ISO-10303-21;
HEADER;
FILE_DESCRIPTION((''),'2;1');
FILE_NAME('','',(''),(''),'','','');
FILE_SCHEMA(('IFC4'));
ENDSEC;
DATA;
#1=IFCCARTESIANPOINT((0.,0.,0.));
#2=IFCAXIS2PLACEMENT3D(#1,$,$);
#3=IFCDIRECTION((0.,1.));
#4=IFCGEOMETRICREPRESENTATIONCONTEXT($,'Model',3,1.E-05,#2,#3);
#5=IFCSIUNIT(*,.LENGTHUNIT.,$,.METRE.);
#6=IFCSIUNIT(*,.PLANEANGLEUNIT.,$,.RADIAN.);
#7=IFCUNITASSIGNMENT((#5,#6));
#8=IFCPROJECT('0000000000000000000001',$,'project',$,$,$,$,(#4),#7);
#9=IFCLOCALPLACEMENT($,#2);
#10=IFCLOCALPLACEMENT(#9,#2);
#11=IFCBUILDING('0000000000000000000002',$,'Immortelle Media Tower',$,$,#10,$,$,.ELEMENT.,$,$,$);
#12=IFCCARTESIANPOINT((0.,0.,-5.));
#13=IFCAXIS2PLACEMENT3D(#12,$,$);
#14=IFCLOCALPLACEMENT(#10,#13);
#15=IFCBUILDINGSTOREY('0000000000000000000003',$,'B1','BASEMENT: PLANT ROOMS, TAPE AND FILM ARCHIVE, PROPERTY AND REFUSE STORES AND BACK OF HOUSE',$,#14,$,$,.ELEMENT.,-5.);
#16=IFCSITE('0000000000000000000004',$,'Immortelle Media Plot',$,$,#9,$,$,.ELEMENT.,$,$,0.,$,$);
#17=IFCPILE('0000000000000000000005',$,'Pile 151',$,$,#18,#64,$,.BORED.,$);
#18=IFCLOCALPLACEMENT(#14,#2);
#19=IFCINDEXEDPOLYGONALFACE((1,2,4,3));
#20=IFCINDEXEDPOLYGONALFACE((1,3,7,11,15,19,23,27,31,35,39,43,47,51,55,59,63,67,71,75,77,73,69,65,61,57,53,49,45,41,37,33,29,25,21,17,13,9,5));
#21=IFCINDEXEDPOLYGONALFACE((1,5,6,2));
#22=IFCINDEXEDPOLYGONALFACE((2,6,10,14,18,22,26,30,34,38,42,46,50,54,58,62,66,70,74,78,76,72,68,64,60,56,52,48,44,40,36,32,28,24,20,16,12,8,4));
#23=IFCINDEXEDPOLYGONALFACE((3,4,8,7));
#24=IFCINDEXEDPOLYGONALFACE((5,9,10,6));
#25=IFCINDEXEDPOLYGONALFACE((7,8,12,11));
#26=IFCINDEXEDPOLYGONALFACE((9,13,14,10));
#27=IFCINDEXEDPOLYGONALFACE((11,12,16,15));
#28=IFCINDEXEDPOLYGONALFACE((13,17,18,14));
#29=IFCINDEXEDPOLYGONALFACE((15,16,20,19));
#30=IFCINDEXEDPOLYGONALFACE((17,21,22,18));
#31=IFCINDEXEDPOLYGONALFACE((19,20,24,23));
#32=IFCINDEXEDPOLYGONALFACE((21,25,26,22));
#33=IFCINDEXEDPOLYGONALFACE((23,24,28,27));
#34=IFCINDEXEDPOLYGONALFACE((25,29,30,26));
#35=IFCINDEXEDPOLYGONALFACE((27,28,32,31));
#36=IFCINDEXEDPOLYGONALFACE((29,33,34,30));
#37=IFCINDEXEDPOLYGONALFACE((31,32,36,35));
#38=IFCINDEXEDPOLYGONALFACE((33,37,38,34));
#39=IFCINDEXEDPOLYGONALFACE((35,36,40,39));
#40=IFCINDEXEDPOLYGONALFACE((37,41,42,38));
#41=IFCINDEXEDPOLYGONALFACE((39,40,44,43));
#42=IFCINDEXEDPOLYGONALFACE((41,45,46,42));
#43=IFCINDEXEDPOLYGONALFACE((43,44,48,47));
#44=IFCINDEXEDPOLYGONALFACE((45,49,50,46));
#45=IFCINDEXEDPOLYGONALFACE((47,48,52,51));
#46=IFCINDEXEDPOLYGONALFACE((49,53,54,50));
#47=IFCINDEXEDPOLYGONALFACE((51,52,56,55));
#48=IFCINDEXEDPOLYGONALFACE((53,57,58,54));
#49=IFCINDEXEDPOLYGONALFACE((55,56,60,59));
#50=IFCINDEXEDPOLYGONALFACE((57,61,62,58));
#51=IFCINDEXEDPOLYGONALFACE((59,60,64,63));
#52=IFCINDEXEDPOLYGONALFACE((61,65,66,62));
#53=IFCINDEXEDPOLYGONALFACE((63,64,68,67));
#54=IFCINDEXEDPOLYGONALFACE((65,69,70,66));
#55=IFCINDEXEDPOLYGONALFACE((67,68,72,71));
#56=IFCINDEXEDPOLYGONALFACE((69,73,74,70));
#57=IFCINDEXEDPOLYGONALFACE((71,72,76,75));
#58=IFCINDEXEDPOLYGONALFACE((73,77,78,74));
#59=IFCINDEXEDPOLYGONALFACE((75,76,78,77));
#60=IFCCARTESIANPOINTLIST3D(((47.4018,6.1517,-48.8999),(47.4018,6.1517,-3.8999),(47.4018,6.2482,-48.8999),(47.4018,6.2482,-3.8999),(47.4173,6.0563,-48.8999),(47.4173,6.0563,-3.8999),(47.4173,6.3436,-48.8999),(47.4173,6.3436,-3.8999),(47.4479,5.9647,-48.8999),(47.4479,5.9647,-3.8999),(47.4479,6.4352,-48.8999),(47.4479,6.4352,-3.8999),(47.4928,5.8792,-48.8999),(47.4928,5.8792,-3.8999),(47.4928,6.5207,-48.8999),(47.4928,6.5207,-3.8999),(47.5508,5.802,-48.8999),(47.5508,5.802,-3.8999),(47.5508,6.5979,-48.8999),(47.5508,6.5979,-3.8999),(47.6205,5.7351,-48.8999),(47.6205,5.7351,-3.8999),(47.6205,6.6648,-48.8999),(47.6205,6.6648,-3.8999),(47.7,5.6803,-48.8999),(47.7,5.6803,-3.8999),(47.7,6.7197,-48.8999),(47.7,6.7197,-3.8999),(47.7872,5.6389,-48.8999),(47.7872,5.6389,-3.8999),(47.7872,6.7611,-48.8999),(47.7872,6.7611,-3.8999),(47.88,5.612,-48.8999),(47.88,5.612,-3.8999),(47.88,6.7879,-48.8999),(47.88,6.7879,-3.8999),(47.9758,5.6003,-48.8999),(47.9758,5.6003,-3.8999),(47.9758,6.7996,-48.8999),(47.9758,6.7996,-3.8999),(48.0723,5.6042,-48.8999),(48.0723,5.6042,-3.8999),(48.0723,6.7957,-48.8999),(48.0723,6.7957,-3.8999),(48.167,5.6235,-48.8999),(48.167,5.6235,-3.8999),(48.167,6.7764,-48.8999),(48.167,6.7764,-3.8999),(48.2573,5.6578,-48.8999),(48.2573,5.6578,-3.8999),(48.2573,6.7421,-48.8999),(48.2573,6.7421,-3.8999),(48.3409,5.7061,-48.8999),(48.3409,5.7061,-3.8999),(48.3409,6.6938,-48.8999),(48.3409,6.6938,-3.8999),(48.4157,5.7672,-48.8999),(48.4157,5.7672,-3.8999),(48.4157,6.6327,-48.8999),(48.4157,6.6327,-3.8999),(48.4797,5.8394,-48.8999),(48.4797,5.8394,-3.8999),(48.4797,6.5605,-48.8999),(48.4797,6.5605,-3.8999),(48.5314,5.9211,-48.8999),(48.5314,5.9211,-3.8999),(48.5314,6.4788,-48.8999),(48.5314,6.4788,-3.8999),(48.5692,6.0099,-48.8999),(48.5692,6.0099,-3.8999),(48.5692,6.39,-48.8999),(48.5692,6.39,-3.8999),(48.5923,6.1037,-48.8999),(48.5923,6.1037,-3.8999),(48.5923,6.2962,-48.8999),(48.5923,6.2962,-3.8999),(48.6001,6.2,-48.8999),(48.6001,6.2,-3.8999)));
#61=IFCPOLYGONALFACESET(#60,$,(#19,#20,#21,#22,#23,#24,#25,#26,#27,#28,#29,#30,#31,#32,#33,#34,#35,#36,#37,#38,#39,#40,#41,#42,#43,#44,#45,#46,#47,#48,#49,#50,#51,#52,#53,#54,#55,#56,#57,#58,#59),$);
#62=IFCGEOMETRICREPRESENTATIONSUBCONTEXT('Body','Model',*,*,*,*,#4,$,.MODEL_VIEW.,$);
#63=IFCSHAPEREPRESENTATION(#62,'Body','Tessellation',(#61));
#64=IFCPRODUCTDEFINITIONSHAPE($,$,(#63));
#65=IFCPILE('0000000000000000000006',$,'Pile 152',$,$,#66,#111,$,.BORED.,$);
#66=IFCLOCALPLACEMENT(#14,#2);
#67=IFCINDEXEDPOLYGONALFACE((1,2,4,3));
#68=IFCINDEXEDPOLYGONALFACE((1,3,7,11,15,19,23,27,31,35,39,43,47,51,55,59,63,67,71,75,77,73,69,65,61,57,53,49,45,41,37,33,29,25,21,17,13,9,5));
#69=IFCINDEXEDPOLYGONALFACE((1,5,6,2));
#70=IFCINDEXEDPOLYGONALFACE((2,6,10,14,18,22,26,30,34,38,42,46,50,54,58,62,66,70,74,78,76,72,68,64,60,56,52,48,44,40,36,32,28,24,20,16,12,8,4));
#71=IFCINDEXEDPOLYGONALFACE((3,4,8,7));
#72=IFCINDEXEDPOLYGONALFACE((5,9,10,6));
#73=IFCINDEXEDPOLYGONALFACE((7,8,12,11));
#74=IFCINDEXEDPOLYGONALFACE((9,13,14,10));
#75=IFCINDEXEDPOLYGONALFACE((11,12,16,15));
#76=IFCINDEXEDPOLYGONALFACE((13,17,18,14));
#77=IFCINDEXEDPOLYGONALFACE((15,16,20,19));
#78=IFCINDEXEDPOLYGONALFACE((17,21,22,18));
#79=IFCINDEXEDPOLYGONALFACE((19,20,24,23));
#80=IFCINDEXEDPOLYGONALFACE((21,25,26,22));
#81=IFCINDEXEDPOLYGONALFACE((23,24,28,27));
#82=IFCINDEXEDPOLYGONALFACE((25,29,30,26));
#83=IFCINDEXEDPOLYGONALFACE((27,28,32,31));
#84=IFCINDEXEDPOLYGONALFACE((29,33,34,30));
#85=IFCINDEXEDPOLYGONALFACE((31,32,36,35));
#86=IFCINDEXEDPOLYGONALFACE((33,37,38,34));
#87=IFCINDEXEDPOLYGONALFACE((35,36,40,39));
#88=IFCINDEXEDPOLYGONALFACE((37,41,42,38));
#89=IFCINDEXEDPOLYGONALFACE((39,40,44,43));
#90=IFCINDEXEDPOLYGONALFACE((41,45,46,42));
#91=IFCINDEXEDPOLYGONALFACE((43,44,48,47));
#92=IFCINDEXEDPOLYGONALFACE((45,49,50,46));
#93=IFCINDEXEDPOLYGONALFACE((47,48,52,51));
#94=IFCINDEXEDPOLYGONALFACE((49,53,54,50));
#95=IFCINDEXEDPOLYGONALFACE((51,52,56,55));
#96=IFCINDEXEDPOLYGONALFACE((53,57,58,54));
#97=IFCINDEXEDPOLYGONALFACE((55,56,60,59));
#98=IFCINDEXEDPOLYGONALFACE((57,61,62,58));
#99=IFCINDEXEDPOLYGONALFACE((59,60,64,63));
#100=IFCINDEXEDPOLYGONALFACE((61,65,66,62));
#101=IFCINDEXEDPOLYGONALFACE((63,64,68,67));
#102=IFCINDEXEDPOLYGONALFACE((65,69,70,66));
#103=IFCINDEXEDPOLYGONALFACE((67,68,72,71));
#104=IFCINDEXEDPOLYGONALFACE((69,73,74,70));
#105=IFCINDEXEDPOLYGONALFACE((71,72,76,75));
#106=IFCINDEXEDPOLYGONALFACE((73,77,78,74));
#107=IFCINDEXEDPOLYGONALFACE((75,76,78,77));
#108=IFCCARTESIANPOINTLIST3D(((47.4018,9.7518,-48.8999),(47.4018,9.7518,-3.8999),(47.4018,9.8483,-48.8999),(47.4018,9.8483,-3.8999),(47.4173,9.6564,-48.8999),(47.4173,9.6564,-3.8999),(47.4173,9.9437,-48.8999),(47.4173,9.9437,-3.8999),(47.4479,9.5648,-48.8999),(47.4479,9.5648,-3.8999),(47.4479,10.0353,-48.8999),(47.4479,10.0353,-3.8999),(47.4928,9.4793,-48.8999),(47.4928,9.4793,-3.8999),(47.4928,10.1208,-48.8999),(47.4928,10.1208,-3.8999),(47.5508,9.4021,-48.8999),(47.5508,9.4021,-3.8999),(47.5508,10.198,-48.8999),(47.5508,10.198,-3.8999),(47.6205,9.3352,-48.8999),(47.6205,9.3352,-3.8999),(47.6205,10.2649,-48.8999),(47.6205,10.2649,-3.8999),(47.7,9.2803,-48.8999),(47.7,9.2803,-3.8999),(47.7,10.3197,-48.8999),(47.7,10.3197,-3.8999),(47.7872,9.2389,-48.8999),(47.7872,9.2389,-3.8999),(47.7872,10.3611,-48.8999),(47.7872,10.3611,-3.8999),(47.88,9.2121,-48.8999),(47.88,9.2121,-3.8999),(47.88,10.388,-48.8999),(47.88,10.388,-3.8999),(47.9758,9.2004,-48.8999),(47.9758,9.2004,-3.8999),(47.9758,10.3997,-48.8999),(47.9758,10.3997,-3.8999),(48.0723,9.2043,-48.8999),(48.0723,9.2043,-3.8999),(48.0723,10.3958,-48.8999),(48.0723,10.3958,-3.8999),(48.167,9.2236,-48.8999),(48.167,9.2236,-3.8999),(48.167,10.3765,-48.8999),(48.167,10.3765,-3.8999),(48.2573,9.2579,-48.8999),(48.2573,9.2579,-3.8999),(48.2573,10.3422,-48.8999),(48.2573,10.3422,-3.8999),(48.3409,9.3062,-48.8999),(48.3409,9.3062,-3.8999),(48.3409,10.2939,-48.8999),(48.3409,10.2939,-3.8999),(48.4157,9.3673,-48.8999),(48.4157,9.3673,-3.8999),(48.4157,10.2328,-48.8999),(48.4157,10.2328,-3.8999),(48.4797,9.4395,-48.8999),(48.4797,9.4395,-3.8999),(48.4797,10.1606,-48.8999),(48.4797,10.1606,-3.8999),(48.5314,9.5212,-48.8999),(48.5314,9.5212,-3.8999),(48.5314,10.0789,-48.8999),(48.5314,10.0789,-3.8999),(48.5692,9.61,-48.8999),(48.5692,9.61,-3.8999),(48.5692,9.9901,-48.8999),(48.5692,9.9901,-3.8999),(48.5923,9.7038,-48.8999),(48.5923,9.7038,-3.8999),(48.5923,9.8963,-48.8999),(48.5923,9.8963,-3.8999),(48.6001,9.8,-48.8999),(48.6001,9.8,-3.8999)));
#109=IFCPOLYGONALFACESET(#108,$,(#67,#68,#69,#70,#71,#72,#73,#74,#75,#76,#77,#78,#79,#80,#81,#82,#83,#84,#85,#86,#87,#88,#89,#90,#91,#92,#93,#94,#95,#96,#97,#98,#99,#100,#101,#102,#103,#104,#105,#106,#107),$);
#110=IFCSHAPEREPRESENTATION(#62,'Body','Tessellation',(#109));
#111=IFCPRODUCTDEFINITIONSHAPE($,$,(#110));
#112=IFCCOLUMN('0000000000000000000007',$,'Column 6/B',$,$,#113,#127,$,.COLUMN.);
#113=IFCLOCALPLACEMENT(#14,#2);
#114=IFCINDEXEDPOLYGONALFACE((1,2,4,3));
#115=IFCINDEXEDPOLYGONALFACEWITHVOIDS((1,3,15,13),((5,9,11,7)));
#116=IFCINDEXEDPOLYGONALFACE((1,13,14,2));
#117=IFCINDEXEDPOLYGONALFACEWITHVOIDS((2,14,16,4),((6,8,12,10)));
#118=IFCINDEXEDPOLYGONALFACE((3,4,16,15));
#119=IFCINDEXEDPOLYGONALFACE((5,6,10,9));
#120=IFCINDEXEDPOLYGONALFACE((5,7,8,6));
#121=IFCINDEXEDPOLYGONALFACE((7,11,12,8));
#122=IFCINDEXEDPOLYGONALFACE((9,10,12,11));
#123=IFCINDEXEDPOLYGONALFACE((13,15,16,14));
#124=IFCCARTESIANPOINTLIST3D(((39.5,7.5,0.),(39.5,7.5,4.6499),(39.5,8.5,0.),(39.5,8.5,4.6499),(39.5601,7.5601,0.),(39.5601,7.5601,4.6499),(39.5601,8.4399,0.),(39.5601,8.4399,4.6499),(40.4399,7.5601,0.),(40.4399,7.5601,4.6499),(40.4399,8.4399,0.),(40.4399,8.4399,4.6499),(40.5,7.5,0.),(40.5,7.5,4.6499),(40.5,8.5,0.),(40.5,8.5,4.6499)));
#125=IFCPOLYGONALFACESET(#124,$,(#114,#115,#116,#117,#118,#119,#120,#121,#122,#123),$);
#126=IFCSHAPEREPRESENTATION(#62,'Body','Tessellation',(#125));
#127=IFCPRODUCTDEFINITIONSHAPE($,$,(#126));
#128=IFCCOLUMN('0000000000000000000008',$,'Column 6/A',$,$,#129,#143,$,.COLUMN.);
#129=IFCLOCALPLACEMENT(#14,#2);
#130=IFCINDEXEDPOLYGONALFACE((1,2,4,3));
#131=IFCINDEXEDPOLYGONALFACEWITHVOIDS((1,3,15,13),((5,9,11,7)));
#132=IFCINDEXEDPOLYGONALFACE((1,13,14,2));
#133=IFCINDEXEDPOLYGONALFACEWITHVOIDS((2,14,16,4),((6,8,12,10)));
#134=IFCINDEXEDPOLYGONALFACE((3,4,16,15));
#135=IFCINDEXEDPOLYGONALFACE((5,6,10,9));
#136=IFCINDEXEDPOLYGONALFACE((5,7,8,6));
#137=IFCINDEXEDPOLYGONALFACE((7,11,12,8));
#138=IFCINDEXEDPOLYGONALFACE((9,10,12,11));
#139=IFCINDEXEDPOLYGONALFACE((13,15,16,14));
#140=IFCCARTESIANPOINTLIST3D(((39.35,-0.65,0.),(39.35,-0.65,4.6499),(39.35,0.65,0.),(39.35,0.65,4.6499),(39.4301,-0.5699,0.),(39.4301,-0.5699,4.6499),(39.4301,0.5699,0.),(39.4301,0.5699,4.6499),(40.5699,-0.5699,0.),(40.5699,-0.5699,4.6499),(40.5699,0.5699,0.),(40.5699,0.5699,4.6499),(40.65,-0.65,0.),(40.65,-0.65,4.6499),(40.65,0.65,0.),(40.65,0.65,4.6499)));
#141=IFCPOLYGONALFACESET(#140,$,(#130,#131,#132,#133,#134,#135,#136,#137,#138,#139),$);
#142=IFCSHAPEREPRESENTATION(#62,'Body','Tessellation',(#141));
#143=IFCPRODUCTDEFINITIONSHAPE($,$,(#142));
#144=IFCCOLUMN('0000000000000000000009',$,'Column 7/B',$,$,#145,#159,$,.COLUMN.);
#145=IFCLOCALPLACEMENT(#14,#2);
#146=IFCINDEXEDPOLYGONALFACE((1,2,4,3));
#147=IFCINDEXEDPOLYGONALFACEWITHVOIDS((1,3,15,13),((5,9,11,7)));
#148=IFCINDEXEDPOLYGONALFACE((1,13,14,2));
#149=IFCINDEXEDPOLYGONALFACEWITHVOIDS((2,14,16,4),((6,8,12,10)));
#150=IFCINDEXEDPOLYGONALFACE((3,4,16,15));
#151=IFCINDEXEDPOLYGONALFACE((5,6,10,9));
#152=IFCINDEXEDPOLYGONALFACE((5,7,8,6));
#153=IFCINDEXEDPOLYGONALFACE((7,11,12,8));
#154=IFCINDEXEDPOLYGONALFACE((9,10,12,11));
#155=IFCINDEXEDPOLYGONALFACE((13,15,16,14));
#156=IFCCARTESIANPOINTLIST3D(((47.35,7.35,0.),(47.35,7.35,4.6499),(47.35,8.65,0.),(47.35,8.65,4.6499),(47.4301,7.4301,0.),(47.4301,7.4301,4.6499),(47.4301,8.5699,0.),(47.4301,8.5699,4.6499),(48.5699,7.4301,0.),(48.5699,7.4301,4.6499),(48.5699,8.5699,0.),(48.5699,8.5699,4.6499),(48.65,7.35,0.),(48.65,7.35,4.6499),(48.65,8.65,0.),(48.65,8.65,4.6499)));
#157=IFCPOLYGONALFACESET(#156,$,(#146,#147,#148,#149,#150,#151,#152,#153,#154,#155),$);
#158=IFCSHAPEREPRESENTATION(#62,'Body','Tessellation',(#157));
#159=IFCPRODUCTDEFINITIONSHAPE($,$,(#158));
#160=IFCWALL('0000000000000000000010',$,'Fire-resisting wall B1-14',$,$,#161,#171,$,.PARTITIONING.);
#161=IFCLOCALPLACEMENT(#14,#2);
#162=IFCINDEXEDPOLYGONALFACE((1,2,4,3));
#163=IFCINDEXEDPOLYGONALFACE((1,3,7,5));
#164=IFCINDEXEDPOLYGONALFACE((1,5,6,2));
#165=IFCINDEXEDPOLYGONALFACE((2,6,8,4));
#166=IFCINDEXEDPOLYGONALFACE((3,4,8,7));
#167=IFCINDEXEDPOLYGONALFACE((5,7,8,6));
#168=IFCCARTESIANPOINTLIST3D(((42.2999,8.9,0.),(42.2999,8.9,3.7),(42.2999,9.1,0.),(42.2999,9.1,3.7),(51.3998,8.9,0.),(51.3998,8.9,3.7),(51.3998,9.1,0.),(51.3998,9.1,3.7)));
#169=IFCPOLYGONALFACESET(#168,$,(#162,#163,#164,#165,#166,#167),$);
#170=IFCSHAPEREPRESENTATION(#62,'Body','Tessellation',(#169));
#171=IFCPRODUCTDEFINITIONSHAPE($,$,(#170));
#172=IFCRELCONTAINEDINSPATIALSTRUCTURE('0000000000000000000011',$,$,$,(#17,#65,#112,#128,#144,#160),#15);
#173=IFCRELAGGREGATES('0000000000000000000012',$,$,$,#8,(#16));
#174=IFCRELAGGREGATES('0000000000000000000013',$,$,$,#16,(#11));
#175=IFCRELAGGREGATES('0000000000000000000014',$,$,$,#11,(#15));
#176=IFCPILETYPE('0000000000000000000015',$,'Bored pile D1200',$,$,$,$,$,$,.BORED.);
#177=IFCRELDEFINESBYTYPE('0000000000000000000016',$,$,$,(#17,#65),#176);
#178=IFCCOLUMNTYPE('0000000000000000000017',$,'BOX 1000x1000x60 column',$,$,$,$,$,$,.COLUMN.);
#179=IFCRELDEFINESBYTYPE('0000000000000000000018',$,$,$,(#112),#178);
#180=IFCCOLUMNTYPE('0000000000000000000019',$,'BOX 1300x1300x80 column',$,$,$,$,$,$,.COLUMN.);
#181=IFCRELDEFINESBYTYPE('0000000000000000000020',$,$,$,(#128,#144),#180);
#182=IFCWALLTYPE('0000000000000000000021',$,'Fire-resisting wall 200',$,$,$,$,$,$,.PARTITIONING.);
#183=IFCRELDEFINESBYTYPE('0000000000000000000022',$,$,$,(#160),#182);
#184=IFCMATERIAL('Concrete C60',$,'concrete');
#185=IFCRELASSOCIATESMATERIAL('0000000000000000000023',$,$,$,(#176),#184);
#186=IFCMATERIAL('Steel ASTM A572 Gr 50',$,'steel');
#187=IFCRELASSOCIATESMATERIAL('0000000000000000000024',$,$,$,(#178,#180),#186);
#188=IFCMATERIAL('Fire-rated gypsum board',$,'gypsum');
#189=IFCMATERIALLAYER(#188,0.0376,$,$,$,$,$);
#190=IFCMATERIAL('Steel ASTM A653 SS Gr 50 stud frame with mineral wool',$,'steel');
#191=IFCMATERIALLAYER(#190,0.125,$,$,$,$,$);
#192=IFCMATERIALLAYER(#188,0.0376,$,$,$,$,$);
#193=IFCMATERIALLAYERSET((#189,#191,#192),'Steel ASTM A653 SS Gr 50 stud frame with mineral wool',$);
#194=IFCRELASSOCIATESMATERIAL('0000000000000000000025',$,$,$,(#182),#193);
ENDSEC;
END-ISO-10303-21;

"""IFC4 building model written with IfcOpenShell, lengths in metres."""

from ifc_helpers import new_model, si_unit, direction, frame, frame_2d, origin, origin_2d, place, context, subcontext, project, spatial, rectangle, hollow_rectangle, circle, extrude, material, layer, layer_set, material_profile, profile_set, type_object, element, save


model = new_model("IFC4")

# Units and contexts
model_context = context("Model", 3, precision=1e-05, world=origin(), true_north=direction((0.0, 1.0)))
body_context = subcontext(model_context, "Body", "Model", "MODEL_VIEW")
ifc_project = project(units=[si_unit("LENGTHUNIT", "METRE"), si_unit("PLANEANGLEUNIT", "RADIAN")], contexts=[model_context])

# Site, building, storey
site_placement = place(None, origin())
site = spatial("IfcSite", under=ifc_project, at=site_placement, Name="Immortelle Media Plot", CompositionType="ELEMENT", RefElevation=0.0)
building_placement = place(site_placement, origin())
building = spatial("IfcBuilding", under=site, at=building_placement, Name="Immortelle Media Tower", CompositionType="ELEMENT")
storey_placement = place(building_placement, frame((0.0, 0.0, -5.0)))
storey = spatial("IfcBuildingStorey", under=building, at=storey_placement, Name="B1", Description="BASEMENT: PLANT ROOMS, TAPE AND FILM ARCHIVE, PROPERTY AND REFUSE STORES AND BACK OF HOUSE", CompositionType="ELEMENT", Elevation=-5.0)

# Piles
ifc_material_1 = material(Name="Concrete C60", Category="concrete")
ifc_material_profile_1 = material_profile(ifc_material_1, circle(Radius=0.6001, at=origin_2d()), Name="Bored pile D1200")
ifc_profile_set_1 = profile_set([ifc_material_profile_1], Name="Concrete C60")
pile_type = type_object("IfcPileType", Name="Bored pile D1200", PredefinedType="BORED", material=ifc_profile_set_1)
for number, where, z_axis, x_axis, name in (
    (1, (48.0, 6.2, -3.8999), (0.0, 0.0, -1.0), (1.0, 0.0, 0.0), "Pile 151"),
    (2, (48.0, 9.8, -3.8999), (0.0, 0.0, -1.0), (1.0, 0.0, 0.0), "Pile 152"),
):
    element("IfcPile", number, at=place(storey_placement, frame(where, z_axis=z_axis, x_axis=x_axis)), inside=storey, type_object=pile_type, Name=name, PredefinedType="BORED", context=body_context, shape_type="SweptSolid", body=[
        extrude(circle(Radius=0.6001, at=origin_2d()), origin(), (0.0, 0.0, 1.0), 45.0),
    ])

# Columns
ifc_material_2 = material(Name="Steel ASTM A572 Gr 50", Category="steel")
ifc_material_profile_2 = material_profile(ifc_material_2, hollow_rectangle(XDim=1.0, YDim=1.0, WallThickness=0.0601, at=origin_2d()), Name="BOX 1000x1000x60 column")
ifc_profile_set_2 = profile_set([ifc_material_profile_2], Name="Steel ASTM A572 Gr 50")
column_type_1 = type_object("IfcColumnType", Name="BOX 1000x1000x60 column", PredefinedType="COLUMN", material=ifc_profile_set_2)
column_placement = place(storey_placement, frame((40.0, 8.0, 0.0), z_axis=(0.0, 0.0, 1.0), x_axis=(1.0, 0.0, 0.0)))
element("IfcColumn", 3, at=column_placement, inside=storey, type_object=column_type_1, Name="Column 6/B", PredefinedType="COLUMN", context=body_context, shape_type="SweptSolid", body=[
    extrude(hollow_rectangle(XDim=1.0, YDim=1.0, WallThickness=0.0601, at=origin_2d()), origin(), (0.0, 0.0, 1.0), 4.6499),
])
ifc_material_profile_3 = material_profile(ifc_material_2, hollow_rectangle(XDim=1.3, YDim=1.3, WallThickness=0.0801, at=origin_2d()), Name="BOX 1300x1300x80 column")
ifc_profile_set_3 = profile_set([ifc_material_profile_3], Name="Steel ASTM A572 Gr 50")
column_type_2 = type_object("IfcColumnType", Name="BOX 1300x1300x80 column", PredefinedType="COLUMN", material=ifc_profile_set_3)
for number, where, z_axis, x_axis, name in (
    (4, (40.0, 0.0, 0.0), (0.0, 0.0, 1.0), (1.0, 0.0, 0.0), "Column 6/A"),
    (5, (48.0, 8.0, 0.0), (0.0, 0.0, 1.0), (1.0, 0.0, 0.0), "Column 7/B"),
):
    element("IfcColumn", number, at=place(storey_placement, frame(where, z_axis=z_axis, x_axis=x_axis)), inside=storey, type_object=column_type_2, Name=name, PredefinedType="COLUMN", context=body_context, shape_type="SweptSolid", body=[
        extrude(hollow_rectangle(XDim=1.3, YDim=1.3, WallThickness=0.0801, at=origin_2d()), origin(), (0.0, 0.0, 1.0), 4.6499),
    ])

# Wall
ifc_material_3 = material(Name="Fire-rated gypsum board", Category="gypsum")
ifc_layer_1 = layer(ifc_material_3, 0.0376)
ifc_material_4 = material(Name="Steel ASTM A653 SS Gr 50 stud frame with mineral wool", Category="steel")
ifc_layer_2 = layer(ifc_material_4, 0.125)
ifc_layer_3 = layer(ifc_material_3, 0.0376)
ifc_layer_set_1 = layer_set([ifc_layer_1, ifc_layer_2, ifc_layer_3], Name="Steel ASTM A653 SS Gr 50 stud frame with mineral wool")
wall_type_1 = type_object("IfcWallType", Name="Fire-resisting wall 200", PredefinedType="PARTITIONING", material=ifc_layer_set_1)
wall_1_placement = place(storey_placement, frame((42.3, 9.0, 0.0), z_axis=(0.0, 0.0, 1.0), x_axis=(1.0, 0.0, 0.0)))
element("IfcWall", 6, at=wall_1_placement, inside=storey, type_object=wall_type_1, Name="Fire-resisting wall B1-14", PredefinedType="PARTITIONING", context=body_context, shape_type="SweptSolid", body=[
    extrude(rectangle(XDim=9.0999, YDim=0.2, at=frame_2d((4.5498, 0.0))), origin(), (0.0, 0.0, 1.0), 3.7),
])

save(model, "model.ifc")
